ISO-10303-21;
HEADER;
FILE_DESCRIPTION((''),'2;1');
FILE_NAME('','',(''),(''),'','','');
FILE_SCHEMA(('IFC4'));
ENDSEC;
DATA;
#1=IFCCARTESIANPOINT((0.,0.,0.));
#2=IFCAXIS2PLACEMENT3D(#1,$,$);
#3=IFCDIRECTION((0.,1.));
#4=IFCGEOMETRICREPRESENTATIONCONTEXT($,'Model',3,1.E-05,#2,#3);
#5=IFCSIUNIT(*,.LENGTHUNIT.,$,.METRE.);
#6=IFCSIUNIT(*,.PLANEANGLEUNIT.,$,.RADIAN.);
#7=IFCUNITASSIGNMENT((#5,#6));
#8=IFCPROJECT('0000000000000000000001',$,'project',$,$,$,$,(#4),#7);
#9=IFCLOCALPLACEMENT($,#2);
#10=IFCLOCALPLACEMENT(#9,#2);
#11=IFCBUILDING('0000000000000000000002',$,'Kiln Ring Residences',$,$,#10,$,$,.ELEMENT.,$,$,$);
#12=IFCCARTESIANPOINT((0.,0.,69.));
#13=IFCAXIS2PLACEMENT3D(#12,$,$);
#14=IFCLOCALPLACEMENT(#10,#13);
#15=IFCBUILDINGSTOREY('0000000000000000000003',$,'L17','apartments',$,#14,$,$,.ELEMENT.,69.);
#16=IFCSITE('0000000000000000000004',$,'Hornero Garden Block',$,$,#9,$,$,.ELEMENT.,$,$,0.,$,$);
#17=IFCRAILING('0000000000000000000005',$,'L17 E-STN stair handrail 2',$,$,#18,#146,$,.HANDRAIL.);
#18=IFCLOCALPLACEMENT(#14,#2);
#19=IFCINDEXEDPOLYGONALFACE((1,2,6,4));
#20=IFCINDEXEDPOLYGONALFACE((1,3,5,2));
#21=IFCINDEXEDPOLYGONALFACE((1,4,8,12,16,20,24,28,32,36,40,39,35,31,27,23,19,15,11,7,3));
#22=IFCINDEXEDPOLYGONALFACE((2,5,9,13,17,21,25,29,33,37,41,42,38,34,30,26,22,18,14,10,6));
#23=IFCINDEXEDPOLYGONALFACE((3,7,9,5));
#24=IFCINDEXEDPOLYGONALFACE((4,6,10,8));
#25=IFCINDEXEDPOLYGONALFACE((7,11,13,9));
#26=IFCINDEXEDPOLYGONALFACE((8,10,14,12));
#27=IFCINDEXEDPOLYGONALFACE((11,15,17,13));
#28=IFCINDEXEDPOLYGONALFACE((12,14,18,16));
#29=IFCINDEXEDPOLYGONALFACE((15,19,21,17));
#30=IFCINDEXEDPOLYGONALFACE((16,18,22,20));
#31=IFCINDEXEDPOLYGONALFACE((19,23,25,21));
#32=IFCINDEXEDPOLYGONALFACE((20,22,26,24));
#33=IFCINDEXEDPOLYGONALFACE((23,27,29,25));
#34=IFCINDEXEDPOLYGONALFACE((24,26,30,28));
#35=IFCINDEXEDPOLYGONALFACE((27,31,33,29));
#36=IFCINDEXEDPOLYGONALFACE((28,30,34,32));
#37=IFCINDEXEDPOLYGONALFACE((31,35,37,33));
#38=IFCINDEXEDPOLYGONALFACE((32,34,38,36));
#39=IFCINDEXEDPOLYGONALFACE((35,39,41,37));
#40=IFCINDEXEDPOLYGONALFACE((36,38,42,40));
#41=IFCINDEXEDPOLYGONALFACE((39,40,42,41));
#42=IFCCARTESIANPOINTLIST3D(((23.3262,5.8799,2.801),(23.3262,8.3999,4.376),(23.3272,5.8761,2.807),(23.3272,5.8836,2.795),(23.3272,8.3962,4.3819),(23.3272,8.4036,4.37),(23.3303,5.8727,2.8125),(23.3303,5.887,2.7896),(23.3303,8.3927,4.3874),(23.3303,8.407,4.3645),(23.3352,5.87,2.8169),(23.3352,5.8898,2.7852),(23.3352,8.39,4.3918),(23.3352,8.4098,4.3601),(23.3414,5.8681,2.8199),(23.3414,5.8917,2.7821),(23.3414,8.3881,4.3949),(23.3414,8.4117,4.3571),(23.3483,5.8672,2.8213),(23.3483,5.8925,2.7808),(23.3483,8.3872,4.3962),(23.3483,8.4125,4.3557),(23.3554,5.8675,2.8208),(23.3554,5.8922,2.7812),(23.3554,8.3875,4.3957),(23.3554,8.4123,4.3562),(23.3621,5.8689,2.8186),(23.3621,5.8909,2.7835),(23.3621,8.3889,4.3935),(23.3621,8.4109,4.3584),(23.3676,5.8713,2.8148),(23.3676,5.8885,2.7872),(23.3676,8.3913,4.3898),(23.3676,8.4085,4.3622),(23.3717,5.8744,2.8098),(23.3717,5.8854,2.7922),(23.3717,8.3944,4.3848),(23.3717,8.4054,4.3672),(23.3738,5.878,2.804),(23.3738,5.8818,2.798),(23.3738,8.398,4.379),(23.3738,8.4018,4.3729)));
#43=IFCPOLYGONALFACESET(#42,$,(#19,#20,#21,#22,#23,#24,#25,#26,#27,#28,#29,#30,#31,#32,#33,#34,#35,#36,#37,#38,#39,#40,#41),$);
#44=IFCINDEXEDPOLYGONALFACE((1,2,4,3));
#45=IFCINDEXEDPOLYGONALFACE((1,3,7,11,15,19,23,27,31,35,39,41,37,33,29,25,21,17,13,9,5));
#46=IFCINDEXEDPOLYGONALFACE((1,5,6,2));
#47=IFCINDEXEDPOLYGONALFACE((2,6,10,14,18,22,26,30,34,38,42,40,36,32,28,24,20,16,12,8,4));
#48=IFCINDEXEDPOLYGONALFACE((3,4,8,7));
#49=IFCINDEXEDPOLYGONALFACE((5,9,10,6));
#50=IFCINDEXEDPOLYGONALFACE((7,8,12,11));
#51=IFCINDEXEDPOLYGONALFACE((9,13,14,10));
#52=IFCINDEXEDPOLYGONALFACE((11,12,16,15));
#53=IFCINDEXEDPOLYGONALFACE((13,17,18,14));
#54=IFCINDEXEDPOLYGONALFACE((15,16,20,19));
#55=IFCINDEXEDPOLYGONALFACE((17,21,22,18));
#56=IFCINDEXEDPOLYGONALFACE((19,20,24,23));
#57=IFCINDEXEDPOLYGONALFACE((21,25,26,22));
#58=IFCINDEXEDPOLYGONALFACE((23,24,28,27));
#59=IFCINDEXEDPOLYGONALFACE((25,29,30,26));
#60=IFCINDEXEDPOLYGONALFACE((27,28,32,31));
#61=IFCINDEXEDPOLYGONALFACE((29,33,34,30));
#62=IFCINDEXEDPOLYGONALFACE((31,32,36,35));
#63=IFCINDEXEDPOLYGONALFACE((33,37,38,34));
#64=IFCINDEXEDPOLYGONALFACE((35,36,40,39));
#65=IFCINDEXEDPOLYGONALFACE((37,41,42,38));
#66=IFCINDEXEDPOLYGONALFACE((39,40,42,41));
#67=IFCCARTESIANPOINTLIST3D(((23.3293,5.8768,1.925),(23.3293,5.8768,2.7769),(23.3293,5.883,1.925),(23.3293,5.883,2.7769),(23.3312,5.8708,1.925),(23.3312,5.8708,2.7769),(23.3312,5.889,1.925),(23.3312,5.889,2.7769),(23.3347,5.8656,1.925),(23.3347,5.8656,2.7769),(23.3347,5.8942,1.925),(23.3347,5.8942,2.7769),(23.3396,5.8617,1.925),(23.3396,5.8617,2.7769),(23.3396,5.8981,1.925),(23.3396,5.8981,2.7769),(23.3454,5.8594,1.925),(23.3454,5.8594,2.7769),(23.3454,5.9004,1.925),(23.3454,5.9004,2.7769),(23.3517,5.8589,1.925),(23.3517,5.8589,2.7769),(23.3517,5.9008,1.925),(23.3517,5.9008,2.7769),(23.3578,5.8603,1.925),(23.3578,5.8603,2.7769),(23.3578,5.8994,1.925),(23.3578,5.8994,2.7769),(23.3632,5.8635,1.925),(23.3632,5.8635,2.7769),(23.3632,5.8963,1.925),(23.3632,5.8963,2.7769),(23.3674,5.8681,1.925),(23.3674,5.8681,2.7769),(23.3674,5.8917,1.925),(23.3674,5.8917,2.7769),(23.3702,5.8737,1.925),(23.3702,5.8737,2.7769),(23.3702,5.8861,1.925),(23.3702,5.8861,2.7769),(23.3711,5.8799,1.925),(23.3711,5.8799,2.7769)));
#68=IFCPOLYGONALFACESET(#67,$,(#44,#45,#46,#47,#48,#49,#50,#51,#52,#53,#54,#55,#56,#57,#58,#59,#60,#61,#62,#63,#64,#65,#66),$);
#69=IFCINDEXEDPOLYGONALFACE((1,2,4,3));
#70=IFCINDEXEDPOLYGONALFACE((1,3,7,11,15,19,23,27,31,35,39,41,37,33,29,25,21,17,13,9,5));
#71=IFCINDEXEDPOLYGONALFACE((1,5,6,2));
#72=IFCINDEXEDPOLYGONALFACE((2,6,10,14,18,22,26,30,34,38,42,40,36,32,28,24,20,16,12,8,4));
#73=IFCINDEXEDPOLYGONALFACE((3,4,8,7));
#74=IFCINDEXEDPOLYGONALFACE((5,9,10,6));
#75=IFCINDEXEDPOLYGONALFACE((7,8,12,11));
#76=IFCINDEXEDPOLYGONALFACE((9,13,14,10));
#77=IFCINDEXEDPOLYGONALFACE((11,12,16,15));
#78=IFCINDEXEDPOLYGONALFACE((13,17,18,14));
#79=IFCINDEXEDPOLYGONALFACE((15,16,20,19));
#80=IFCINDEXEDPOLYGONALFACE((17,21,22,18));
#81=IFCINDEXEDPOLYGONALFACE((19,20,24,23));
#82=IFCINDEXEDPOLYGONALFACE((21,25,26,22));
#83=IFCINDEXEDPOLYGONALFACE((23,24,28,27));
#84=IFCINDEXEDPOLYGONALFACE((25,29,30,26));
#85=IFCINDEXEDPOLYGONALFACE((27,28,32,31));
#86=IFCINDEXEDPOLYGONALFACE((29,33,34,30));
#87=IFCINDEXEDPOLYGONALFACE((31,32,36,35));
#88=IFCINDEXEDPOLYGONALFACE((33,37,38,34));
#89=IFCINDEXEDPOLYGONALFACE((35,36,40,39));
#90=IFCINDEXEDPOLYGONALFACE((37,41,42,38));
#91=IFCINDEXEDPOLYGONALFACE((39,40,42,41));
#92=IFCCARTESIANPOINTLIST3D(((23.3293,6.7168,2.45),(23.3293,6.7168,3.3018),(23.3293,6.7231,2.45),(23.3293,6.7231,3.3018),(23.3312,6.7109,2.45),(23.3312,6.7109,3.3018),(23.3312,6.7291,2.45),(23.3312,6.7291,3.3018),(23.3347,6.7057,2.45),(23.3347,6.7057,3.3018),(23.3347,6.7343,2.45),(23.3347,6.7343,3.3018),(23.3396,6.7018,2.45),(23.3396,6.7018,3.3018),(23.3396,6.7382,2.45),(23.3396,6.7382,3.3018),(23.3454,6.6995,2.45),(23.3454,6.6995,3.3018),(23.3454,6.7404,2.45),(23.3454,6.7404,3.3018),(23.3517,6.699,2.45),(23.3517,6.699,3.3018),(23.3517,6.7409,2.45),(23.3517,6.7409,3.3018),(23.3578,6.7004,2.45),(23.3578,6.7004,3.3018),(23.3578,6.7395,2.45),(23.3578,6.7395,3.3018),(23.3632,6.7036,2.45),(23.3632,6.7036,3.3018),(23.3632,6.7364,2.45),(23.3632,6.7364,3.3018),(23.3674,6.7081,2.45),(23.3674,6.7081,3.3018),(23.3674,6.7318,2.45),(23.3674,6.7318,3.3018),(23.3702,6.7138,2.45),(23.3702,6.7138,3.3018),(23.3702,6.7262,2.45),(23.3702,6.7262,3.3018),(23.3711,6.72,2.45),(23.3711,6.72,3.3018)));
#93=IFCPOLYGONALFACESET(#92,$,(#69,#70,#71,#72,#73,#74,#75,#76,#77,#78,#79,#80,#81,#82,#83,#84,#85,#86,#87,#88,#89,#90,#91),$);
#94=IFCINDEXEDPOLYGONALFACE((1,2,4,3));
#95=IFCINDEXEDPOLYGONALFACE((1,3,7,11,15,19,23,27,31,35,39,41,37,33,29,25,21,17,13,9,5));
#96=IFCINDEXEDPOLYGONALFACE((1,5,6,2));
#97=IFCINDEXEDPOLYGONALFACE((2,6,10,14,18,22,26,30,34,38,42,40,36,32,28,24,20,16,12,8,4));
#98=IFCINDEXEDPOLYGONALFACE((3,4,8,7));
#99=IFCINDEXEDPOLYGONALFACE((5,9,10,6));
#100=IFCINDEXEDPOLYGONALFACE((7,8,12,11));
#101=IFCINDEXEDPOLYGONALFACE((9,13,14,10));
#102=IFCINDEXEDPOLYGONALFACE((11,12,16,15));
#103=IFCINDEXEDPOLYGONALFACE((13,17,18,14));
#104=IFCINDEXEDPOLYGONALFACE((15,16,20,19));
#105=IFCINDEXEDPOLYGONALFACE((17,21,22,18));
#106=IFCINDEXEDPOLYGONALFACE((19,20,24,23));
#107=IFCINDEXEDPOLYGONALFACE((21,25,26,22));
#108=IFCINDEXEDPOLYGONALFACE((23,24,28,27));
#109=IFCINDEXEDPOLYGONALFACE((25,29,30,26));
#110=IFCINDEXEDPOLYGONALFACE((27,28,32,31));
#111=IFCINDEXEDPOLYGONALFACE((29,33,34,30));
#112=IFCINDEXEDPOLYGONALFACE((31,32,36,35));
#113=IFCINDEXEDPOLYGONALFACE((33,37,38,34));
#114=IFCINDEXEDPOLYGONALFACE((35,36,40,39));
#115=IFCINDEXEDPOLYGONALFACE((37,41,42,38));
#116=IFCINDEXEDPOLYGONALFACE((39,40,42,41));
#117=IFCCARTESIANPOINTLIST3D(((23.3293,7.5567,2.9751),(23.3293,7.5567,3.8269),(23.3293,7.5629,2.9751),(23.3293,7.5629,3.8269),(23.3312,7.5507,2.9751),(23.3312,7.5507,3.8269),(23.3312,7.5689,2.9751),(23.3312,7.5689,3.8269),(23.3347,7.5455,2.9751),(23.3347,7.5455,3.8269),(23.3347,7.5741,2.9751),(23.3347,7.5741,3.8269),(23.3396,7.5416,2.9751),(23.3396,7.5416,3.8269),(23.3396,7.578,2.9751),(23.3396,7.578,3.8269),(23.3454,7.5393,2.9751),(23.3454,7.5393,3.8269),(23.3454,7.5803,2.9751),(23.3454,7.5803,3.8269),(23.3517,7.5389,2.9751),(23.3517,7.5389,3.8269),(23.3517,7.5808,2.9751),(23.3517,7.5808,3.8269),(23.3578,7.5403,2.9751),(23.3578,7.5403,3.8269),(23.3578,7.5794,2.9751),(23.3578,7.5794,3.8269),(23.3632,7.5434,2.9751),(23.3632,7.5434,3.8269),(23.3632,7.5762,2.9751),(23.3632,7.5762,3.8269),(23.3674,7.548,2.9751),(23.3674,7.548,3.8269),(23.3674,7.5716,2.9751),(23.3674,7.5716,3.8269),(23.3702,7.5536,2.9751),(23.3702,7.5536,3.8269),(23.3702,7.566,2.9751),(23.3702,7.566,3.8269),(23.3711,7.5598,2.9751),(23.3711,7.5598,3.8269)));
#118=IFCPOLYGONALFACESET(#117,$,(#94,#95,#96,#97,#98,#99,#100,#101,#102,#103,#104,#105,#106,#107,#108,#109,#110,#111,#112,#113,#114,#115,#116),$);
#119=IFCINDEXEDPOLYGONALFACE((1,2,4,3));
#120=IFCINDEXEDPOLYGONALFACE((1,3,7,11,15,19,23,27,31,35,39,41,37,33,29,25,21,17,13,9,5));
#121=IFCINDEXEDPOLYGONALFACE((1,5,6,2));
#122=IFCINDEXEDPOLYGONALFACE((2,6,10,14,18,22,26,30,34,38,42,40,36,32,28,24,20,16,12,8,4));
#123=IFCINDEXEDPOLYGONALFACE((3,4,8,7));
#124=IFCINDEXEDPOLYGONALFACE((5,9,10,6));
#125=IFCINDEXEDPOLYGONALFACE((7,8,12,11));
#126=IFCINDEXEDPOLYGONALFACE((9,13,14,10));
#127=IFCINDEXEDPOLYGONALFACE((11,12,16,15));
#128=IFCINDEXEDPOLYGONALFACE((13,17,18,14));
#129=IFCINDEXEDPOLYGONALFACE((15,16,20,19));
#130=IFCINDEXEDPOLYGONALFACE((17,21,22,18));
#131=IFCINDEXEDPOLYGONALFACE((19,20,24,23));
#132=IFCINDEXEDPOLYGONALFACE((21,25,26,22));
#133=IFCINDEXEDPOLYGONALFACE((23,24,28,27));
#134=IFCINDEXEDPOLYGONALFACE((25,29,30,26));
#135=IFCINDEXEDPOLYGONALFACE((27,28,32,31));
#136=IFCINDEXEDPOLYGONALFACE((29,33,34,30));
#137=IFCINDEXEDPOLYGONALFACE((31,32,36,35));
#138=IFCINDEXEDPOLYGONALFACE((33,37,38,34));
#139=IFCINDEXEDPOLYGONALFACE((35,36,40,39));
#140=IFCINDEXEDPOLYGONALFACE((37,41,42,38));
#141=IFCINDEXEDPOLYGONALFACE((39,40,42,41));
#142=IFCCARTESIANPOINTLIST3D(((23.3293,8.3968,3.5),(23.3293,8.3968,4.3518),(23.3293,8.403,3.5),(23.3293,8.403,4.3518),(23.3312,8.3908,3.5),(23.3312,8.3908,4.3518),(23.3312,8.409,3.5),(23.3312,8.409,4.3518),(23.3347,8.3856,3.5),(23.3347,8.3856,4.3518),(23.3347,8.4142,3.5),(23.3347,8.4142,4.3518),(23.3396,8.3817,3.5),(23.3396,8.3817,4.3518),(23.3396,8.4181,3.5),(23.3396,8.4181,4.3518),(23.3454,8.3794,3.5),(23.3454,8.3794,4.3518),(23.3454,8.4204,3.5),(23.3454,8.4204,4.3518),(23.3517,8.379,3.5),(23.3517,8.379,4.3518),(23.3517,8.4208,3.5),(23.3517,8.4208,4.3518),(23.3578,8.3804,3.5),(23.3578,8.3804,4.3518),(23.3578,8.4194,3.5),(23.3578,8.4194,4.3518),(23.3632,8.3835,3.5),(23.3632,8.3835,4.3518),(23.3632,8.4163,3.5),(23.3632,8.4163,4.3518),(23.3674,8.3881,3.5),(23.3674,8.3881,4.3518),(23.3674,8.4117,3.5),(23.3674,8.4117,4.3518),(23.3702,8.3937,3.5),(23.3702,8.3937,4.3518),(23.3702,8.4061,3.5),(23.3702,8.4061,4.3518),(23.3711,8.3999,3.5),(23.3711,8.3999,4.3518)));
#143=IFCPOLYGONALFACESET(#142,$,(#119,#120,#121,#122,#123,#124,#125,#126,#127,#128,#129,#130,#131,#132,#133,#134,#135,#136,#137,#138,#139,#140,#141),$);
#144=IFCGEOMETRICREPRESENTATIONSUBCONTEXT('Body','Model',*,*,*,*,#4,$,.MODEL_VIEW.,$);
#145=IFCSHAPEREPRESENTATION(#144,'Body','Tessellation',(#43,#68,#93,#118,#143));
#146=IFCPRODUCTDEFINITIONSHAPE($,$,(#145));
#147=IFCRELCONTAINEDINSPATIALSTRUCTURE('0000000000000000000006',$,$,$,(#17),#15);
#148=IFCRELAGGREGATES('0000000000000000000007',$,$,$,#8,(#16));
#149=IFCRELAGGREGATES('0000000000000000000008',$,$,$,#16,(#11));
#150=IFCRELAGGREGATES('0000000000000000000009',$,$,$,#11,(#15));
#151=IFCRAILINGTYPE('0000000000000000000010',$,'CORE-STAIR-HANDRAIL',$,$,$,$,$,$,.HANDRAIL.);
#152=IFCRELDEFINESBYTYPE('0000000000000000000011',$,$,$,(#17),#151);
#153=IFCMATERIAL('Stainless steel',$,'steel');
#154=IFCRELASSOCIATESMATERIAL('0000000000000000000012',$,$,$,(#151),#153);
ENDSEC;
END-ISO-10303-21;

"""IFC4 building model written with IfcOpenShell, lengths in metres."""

from ifc_helpers import new_model, si_unit, direction, frame, origin, origin_2d, place, context, subcontext, project, spatial, circle, extrude, material, type_object, element, save


model = new_model("IFC4")

# Units and contexts
model_context = context("Model", 3, precision=1e-05, world=origin(), true_north=direction((0.0, 1.0)))
body_context = subcontext(model_context, "Body", "Model", "MODEL_VIEW")
ifc_project = project(units=[si_unit("LENGTHUNIT", "METRE"), si_unit("PLANEANGLEUNIT", "RADIAN")], contexts=[model_context])

# Site, building, storey
site_placement = place(None, origin())
site = spatial("IfcSite", under=ifc_project, at=site_placement, Name="Hornero Garden Block", CompositionType="ELEMENT", RefElevation=0.0)
building_placement = place(site_placement, origin())
building = spatial("IfcBuilding", under=site, at=building_placement, Name="Kiln Ring Residences", CompositionType="ELEMENT")
storey_placement = place(building_placement, frame((0.0, 0.0, 69.0)))
storey = spatial("IfcBuildingStorey", under=building, at=storey_placement, Name="L17", Description="apartments", CompositionType="ELEMENT", Elevation=69.0)

# Railing
ifc_material_1 = material(Name="Stainless steel", Category="steel")
railing_type_1 = type_object("IfcRailingType", Name="CORE-STAIR-HANDRAIL", PredefinedType="HANDRAIL", material=ifc_material_1)
railing_1_placement = place(storey_placement, frame((23.3501, 5.8799, 1.925)))
element("IfcRailing", 1, at=railing_1_placement, inside=storey, type_object=railing_type_1, Name="L17 E-STN stair handrail 2", PredefinedType="HANDRAIL", context=body_context, shape_type="SweptSolid", body=[
    extrude(circle(Radius=0.0239, at=origin_2d()), frame((0.0, 0.0, 0.876), z_axis=(0.0, 0.848008, 0.529984), x_axis=(-1.0, 0.0, 0.0)), (0.0, 0.0, 1.0), 2.9717),
    extrude(circle(Radius=0.021, at=origin_2d()), origin(), (0.0, 0.0, 1.0), 0.8518),
    extrude(circle(Radius=0.021, at=origin_2d()), frame((0.0, 0.8401, 0.5249)), (0.0, 0.0, 1.0), 0.8518),
    extrude(circle(Radius=0.021, at=origin_2d()), frame((0.0, 1.6799, 1.05)), (0.0, 0.0, 1.0), 0.8518),
    extrude(circle(Radius=0.021, at=origin_2d()), frame((0.0, 2.52, 1.575)), (0.0, 0.0, 1.0), 0.8518),
])

save(model, "model.ifc")
